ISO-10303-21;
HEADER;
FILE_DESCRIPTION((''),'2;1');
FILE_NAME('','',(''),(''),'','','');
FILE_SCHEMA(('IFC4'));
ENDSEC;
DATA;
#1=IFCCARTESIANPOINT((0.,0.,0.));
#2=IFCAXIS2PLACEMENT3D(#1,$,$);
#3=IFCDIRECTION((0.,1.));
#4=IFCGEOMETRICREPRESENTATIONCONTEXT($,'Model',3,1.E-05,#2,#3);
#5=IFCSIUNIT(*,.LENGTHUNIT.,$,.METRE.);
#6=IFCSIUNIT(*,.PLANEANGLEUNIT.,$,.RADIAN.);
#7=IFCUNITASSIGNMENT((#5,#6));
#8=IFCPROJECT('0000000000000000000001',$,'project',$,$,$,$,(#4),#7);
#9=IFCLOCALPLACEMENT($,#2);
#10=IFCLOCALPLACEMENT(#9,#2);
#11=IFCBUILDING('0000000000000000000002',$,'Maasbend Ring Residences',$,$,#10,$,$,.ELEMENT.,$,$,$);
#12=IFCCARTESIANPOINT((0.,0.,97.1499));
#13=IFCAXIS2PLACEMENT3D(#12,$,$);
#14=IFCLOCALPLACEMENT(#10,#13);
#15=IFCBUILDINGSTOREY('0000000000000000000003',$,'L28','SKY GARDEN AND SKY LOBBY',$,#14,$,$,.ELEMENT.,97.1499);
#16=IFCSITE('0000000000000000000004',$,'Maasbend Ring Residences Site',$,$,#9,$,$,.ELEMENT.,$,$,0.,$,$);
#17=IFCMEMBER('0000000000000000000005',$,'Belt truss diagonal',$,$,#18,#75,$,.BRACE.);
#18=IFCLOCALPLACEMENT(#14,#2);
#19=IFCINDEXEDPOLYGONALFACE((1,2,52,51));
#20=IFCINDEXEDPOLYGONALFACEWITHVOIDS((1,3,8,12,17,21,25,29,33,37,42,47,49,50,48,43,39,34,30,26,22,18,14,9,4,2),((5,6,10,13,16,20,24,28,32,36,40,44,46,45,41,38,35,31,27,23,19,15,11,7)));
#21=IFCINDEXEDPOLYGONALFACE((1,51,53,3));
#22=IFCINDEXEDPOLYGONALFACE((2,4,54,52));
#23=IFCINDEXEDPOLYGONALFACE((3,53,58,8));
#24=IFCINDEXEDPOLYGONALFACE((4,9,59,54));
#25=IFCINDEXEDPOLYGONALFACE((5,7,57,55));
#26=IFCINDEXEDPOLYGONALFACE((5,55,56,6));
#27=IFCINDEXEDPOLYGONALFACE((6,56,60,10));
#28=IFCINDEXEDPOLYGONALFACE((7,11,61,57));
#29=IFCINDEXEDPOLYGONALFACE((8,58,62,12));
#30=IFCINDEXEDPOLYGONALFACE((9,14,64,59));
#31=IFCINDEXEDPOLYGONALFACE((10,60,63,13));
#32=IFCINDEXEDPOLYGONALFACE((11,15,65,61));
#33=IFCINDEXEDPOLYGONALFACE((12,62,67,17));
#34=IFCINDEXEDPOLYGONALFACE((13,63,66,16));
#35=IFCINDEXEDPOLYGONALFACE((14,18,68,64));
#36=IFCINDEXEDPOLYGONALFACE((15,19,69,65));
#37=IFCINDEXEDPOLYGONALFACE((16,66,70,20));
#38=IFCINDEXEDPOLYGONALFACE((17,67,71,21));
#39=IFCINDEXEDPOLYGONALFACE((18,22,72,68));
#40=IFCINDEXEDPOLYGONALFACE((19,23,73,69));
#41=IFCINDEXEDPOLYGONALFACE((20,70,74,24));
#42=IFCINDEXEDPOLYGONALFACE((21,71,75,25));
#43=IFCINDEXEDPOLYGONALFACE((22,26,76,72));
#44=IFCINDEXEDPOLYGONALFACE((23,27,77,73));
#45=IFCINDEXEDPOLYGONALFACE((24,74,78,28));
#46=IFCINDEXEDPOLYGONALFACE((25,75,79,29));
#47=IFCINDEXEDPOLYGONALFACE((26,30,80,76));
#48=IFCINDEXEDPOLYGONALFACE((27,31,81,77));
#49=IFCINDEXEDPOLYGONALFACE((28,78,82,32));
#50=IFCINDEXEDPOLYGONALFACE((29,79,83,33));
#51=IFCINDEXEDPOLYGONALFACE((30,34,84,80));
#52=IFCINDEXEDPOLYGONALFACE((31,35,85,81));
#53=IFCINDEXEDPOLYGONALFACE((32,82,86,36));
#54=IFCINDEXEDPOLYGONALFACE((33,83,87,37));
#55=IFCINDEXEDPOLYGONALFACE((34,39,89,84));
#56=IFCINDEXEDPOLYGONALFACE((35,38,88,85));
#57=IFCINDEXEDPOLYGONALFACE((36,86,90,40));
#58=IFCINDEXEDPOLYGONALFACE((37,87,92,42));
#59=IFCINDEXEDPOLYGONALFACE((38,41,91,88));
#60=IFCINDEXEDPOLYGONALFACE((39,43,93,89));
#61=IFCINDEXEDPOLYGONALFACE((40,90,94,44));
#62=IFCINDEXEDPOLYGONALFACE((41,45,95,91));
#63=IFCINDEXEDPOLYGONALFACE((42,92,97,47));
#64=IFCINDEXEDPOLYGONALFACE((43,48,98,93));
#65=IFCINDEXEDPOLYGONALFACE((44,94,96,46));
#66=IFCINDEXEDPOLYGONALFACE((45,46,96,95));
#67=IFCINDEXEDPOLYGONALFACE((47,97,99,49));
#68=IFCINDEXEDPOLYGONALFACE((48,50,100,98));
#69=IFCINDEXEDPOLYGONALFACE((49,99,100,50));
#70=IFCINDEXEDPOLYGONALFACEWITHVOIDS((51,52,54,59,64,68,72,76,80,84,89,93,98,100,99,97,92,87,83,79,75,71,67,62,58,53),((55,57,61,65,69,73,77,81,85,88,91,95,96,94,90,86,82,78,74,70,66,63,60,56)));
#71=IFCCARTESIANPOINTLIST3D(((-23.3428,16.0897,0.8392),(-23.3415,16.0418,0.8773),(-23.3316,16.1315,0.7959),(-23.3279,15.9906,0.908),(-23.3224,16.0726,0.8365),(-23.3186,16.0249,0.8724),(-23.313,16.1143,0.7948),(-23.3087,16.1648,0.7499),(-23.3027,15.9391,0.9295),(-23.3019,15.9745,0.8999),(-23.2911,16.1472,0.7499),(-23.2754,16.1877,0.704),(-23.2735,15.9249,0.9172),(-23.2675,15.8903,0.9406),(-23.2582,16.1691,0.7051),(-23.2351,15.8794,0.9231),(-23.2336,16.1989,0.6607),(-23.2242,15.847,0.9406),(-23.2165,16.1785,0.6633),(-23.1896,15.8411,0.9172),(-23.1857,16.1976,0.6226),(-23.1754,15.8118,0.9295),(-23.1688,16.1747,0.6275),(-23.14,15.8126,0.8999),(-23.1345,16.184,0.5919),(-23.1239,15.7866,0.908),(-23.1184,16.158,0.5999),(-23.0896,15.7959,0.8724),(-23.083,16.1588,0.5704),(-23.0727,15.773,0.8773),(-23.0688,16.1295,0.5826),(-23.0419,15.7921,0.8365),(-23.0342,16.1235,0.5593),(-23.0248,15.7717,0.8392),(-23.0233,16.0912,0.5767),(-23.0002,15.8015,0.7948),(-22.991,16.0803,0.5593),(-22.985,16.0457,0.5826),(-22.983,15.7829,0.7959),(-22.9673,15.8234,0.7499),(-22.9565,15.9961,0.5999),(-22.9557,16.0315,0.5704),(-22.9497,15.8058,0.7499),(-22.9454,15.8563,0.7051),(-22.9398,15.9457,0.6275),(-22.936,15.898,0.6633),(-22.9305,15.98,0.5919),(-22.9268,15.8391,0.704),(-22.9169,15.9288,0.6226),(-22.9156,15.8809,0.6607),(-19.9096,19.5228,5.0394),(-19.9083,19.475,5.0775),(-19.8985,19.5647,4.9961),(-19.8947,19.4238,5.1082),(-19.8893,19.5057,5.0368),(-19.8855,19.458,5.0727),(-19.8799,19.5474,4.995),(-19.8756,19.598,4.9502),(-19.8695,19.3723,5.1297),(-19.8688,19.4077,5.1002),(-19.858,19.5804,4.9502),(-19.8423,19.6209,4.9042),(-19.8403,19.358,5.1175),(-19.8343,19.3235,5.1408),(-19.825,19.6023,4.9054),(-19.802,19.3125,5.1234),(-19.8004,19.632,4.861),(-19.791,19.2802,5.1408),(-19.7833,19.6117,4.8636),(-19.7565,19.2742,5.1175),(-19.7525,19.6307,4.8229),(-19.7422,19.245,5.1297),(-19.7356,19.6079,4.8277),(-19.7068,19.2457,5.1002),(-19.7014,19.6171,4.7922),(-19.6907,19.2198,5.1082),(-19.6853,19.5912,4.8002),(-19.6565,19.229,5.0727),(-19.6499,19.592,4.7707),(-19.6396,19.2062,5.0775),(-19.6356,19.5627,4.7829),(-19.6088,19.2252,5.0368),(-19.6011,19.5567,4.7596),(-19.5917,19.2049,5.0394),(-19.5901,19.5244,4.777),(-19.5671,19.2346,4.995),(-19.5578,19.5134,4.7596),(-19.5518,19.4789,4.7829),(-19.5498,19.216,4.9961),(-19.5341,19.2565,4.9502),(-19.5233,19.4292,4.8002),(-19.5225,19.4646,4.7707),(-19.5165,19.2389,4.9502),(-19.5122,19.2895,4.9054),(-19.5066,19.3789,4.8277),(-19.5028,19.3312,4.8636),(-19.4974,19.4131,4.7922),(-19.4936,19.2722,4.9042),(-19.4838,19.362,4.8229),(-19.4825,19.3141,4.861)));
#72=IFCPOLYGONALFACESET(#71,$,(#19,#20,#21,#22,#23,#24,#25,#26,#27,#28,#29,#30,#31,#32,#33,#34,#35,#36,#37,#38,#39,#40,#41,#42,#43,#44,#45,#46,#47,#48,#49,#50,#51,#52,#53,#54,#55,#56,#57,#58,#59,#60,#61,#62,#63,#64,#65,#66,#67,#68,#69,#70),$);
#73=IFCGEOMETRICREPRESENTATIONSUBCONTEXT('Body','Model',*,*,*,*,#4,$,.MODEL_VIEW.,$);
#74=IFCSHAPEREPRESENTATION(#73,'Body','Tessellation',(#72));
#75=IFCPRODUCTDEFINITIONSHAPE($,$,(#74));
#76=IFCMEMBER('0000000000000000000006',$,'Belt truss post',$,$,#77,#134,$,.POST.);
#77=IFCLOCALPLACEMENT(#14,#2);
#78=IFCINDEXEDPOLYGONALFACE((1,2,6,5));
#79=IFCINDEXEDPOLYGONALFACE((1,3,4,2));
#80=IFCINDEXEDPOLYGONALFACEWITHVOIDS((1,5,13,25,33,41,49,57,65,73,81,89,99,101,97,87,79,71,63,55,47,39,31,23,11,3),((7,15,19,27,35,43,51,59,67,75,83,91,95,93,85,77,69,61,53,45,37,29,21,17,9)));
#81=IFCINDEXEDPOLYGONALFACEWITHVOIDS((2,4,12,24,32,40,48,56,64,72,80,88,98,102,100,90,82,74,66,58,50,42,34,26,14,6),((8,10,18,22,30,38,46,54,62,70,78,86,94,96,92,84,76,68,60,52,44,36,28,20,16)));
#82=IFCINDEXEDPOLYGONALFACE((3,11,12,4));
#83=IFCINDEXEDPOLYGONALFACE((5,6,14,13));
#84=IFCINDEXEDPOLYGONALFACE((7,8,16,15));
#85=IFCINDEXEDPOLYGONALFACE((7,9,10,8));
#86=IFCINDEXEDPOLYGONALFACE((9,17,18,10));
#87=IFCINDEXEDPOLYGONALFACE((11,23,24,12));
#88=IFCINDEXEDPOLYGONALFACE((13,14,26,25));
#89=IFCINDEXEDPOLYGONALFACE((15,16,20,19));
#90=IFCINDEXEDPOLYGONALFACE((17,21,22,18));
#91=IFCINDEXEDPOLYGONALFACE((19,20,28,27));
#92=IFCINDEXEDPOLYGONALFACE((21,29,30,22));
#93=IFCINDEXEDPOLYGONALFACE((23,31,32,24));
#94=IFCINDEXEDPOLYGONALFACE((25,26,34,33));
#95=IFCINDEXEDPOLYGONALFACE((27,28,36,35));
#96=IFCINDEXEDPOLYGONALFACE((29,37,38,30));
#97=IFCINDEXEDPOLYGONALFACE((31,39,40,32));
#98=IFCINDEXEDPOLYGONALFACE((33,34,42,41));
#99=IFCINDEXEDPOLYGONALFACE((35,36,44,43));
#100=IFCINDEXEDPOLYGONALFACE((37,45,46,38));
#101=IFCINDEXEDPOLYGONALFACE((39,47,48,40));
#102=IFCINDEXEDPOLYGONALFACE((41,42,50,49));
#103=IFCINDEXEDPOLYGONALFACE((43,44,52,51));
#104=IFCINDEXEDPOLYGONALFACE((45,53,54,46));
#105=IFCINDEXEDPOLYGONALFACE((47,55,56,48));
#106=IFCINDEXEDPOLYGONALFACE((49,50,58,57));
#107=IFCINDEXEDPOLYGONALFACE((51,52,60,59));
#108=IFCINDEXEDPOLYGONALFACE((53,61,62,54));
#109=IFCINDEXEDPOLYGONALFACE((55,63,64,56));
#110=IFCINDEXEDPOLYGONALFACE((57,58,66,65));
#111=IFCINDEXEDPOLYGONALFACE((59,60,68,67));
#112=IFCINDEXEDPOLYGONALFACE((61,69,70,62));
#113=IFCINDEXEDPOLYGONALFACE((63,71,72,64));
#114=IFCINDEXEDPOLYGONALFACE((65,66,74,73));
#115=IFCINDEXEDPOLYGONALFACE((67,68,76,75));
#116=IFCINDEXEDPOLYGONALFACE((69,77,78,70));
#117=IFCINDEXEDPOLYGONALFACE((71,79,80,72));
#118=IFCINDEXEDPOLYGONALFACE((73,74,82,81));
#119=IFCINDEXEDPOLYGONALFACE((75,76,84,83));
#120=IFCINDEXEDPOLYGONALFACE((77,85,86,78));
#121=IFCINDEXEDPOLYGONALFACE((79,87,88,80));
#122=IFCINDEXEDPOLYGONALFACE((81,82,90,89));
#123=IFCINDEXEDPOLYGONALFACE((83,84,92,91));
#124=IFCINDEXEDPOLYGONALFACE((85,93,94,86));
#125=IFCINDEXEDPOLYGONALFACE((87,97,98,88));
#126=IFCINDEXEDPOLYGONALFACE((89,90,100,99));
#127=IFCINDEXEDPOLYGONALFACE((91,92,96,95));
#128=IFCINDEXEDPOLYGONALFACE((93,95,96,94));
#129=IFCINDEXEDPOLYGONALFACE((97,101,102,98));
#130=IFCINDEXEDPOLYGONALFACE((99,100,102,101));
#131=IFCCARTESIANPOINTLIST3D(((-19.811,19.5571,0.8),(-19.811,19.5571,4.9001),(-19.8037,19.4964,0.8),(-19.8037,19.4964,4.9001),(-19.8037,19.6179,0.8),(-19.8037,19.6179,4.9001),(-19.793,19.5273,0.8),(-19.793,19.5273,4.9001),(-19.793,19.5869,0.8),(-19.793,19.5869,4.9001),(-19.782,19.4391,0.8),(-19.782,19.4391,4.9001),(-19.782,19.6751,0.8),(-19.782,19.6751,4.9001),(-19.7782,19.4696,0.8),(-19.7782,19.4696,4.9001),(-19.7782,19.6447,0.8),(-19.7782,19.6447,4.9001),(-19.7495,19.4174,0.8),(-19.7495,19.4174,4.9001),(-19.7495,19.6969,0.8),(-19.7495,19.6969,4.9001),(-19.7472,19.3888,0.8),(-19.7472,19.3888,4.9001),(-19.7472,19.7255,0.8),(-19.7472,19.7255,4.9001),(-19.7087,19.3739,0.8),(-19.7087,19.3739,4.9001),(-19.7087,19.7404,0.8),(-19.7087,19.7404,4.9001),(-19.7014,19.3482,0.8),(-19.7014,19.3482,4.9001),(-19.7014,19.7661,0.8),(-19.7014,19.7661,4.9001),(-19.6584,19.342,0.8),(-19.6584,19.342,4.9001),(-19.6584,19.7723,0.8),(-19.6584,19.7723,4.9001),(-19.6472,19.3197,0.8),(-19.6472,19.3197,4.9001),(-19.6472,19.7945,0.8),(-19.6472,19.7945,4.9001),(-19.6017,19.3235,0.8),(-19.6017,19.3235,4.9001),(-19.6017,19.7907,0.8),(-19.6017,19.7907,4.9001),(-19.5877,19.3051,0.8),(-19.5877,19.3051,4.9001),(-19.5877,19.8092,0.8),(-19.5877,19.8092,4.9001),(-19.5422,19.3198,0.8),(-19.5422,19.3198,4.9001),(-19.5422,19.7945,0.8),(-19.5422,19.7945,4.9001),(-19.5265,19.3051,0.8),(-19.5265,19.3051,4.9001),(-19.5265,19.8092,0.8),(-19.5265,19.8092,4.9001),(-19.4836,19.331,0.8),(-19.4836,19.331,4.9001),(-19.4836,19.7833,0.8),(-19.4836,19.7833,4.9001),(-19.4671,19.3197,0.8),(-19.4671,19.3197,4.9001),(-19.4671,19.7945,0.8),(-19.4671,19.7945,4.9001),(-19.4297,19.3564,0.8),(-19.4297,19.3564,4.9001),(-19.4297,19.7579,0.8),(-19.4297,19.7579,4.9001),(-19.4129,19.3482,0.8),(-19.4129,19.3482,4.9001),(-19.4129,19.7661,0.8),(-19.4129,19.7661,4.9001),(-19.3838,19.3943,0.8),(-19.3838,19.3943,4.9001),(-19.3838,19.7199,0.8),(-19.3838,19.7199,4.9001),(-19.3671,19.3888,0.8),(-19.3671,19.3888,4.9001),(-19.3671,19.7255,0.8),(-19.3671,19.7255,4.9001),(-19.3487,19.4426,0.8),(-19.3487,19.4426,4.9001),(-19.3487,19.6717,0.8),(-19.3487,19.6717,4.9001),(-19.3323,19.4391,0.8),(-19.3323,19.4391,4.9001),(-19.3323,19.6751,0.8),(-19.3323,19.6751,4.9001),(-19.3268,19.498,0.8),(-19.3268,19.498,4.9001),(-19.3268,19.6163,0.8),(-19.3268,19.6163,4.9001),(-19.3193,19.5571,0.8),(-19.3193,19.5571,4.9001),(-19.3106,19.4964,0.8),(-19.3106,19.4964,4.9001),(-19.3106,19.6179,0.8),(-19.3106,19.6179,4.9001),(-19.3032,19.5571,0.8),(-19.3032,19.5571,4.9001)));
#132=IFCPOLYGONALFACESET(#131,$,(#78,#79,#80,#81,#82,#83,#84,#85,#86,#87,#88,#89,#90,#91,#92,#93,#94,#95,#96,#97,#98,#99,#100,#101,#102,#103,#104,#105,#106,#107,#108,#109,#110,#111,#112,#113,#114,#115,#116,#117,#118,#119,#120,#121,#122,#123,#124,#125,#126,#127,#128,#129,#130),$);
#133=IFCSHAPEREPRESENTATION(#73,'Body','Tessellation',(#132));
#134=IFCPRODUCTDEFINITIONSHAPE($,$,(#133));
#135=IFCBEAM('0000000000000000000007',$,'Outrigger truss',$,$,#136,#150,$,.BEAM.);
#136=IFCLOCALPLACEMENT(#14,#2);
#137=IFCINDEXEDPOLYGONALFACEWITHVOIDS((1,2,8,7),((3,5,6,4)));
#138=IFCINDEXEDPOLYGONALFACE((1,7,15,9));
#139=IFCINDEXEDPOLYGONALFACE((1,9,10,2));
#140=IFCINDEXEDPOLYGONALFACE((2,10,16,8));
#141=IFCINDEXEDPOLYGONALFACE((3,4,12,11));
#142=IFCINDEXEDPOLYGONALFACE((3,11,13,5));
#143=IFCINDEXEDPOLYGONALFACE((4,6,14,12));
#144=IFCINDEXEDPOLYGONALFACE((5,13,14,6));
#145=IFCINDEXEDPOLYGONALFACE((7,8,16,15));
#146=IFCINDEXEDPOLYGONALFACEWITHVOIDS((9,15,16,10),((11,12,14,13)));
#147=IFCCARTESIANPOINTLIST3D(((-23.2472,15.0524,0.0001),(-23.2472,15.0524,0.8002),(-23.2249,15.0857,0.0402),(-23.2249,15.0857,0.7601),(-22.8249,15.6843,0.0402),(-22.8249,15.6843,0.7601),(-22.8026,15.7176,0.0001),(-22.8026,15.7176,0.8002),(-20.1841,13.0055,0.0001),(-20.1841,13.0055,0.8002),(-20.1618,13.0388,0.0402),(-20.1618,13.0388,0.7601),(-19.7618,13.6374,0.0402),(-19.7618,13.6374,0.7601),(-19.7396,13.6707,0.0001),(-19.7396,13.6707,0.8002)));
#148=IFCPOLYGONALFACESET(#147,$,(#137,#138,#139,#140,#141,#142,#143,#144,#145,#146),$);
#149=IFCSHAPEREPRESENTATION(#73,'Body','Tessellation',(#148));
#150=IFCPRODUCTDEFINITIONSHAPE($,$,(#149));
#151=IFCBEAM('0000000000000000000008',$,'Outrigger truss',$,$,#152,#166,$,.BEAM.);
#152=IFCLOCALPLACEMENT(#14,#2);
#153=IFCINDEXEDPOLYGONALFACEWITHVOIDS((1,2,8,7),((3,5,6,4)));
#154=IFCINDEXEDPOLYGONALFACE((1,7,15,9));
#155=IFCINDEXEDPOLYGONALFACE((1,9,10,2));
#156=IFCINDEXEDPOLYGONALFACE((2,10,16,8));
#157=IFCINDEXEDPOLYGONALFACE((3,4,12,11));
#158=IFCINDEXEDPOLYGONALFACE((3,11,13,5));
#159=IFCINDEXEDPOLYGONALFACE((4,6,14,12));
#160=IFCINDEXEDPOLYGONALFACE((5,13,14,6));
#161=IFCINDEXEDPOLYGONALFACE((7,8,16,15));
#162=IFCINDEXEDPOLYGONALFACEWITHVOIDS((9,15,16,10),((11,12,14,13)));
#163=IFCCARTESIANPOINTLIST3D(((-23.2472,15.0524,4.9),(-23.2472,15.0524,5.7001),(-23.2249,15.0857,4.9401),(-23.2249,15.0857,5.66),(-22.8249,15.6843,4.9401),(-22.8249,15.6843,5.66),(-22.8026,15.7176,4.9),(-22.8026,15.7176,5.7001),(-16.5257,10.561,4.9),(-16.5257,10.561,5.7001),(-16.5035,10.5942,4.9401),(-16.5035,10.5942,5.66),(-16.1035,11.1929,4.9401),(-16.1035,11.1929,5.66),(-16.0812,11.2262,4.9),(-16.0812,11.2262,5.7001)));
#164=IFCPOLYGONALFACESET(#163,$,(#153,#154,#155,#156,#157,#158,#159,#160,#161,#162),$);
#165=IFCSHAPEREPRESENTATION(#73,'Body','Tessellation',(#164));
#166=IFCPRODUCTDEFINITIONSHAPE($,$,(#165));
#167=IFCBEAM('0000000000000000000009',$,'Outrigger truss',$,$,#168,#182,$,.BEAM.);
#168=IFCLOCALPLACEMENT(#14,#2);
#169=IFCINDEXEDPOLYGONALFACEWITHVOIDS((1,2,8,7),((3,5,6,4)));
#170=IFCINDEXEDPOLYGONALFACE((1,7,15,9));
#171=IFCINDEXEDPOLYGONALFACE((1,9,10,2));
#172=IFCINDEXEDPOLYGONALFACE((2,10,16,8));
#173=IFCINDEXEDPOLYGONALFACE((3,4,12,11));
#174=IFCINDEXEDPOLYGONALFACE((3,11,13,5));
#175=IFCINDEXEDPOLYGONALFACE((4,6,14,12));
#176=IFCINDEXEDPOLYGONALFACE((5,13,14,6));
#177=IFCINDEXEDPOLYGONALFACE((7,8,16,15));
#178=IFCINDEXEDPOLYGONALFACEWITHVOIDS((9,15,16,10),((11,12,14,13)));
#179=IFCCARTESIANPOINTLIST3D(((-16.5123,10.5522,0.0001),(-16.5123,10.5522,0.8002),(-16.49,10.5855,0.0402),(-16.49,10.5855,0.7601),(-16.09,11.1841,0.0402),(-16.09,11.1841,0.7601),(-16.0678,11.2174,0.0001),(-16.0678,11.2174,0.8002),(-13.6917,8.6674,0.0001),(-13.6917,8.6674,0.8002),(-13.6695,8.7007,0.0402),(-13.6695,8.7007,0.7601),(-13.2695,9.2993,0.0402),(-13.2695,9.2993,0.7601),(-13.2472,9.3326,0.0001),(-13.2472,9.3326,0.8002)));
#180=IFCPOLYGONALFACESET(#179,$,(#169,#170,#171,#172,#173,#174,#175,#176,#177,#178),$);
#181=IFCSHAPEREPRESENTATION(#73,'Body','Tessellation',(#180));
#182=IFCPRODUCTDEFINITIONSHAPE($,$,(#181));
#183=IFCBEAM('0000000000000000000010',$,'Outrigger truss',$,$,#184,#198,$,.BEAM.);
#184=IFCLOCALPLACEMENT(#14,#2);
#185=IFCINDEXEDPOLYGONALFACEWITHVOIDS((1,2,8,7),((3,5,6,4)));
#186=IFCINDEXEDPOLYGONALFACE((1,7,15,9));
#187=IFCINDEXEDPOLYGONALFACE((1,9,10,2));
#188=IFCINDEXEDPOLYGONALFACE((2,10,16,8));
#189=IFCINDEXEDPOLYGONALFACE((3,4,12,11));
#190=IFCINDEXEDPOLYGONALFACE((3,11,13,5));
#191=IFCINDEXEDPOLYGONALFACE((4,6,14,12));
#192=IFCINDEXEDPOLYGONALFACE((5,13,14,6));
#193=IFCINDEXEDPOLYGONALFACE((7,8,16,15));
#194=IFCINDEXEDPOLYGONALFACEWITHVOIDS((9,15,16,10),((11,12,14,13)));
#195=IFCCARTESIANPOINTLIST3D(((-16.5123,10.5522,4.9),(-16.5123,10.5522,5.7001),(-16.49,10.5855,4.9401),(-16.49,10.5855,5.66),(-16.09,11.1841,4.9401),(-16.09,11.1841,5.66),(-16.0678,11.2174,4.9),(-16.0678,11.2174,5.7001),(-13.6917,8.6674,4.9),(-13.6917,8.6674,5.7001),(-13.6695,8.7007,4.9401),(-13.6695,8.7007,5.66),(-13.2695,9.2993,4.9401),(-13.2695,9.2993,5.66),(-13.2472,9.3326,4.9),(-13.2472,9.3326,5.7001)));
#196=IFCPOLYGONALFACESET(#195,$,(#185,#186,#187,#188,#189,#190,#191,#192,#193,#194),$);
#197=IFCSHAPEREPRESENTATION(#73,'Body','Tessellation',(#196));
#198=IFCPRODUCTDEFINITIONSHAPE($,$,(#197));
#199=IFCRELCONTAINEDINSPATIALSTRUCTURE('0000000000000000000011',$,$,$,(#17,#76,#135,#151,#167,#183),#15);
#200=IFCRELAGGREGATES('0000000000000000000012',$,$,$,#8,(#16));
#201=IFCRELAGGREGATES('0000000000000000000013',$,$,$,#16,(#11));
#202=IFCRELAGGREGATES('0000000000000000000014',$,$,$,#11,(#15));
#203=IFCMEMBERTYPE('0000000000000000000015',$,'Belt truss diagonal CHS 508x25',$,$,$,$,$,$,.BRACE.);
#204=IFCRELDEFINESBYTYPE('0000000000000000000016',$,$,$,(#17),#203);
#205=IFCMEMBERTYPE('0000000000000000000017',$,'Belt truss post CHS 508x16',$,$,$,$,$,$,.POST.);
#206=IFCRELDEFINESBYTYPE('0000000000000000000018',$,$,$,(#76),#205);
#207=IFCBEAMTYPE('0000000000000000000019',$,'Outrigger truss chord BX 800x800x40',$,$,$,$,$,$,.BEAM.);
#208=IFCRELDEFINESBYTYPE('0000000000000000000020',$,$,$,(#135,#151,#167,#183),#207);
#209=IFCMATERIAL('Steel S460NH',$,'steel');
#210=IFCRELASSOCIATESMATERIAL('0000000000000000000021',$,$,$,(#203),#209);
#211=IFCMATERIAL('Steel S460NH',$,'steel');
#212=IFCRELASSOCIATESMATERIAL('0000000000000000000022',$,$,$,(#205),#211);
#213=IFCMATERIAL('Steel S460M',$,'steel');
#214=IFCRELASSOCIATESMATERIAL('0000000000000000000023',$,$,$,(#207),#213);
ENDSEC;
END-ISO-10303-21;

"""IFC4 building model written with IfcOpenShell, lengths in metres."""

from ifc_helpers import new_model, si_unit, direction, frame, origin, origin_2d, place, context, subcontext, project, spatial, hollow_rectangle, hollow_circle, extrude, material, material_profile, profile_set, type_object, element, save


model = new_model("IFC4")

# Units and contexts
model_context = context("Model", 3, precision=1e-05, world=origin(), true_north=direction((0.0, 1.0)))
body_context = subcontext(model_context, "Body", "Model", "MODEL_VIEW")
ifc_project = project(units=[si_unit("LENGTHUNIT", "METRE"), si_unit("PLANEANGLEUNIT", "RADIAN")], contexts=[model_context])

# Site, building, storey
site_placement = place(None, origin())
site = spatial("IfcSite", under=ifc_project, at=site_placement, Name="Maasbend Ring Residences Site", CompositionType="ELEMENT", RefElevation=0.0)
building_placement = place(site_placement, origin())
building = spatial("IfcBuilding", under=site, at=building_placement, Name="Maasbend Ring Residences", CompositionType="ELEMENT")
storey_placement = place(building_placement, frame((0.0, 0.0, 97.1499)))
storey = spatial("IfcBuildingStorey", under=building, at=storey_placement, Name="L28", Description="SKY GARDEN AND SKY LOBBY", CompositionType="ELEMENT", Elevation=97.1499)

# Members
ifc_material_1 = material(Name="Steel S460NH", Category="steel")
ifc_material_profile_1 = material_profile(ifc_material_1, hollow_circle(Radius=0.2539, WallThickness=0.0249, at=origin_2d()), Name="Belt truss diagonal CHS 508x25")
ifc_profile_set_1 = profile_set([ifc_material_profile_1], Name="Steel S460NH")
member_type_1 = type_object("IfcMemberType", Name="Belt truss diagonal CHS 508x25", PredefinedType="BRACE", material=ifc_profile_set_1)
for number, where, z_axis, x_axis, name in (
    (1, (-19.696, 19.4185, 4.9502), (-0.534767, -0.534767, -0.654255), (0.707107, -0.707107, 0.0), "Belt truss diagonal"),
):
    element("IfcMember", number, at=place(storey_placement, frame(where, z_axis=z_axis, x_axis=x_axis)), inside=storey, type_object=member_type_1, Name=name, PredefinedType="BRACE", context=body_context, shape_type="SweptSolid", body=[
        extrude(hollow_circle(Radius=0.2539, WallThickness=0.0249, at=origin_2d()), origin(), (0.0, 0.0, 1.0), 6.4199),
    ])
ifc_material_2 = material(Name="Steel S460NH", Category="steel")
ifc_material_profile_2 = material_profile(ifc_material_2, hollow_circle(Radius=0.2539, WallThickness=0.0161, at=origin_2d()), Name="Belt truss post CHS 508x16")
ifc_profile_set_2 = profile_set([ifc_material_profile_2], Name="Steel S460NH")
member_type_2 = type_object("IfcMemberType", Name="Belt truss post CHS 508x16", PredefinedType="POST", material=ifc_profile_set_2)
member_1_placement = place(storey_placement, frame((-19.5571, 19.5571, 0.8), z_axis=(0.0, 0.0, 1.0), x_axis=(1.0, 0.0, 0.0)))
element("IfcMember", 2, at=member_1_placement, inside=storey, type_object=member_type_2, Name="Belt truss post", PredefinedType="POST", context=body_context, shape_type="SweptSolid", body=[
    extrude(hollow_circle(Radius=0.2539, WallThickness=0.0161, at=origin_2d()), origin(), (0.0, 0.0, 1.0), 4.1001),
])

# Beams
ifc_material_3 = material(Name="Steel S460M", Category="steel")
ifc_material_profile_3 = material_profile(ifc_material_3, hollow_rectangle(XDim=0.8, YDim=0.8, WallThickness=0.04, at=origin_2d()), Name="Outrigger truss chord BX 800x800x40")
ifc_profile_set_3 = profile_set([ifc_material_profile_3], Name="Steel S460M")
beam_type_1 = type_object("IfcBeamType", Name="Outrigger truss chord BX 800x800x40", PredefinedType="BEAM", material=ifc_profile_set_3)
beam_1_placement = place(storey_placement, frame((-23.0249, 15.385, 0.4001), z_axis=(0.831438, -0.555617, 0.0), x_axis=(0.555617, 0.831438, 0.0)))
element("IfcBeam", 3, at=beam_1_placement, inside=storey, type_object=beam_type_1, Name="Outrigger truss", PredefinedType="BEAM", context=body_context, shape_type="SweptSolid", body=[
    extrude(hollow_rectangle(XDim=0.8, YDim=0.8, WallThickness=0.04, at=origin_2d()), origin(), (0.0, 0.0, 1.0), 3.6841),
])
beam_2_placement = place(storey_placement, frame((-23.0249, 15.385, 5.3), z_axis=(0.83145, -0.555599, 0.0), x_axis=(0.555599, 0.83145, 0.0)))
element("IfcBeam", 4, at=beam_2_placement, inside=storey, type_object=beam_type_1, Name="Outrigger truss", PredefinedType="BEAM", context=body_context, shape_type="SweptSolid", body=[
    extrude(hollow_rectangle(XDim=0.8, YDim=0.8, WallThickness=0.04, at=origin_2d()), origin(), (0.0, 0.0, 1.0), 8.084),
])
for number, where, z_axis, x_axis, name in (
    (5, (-16.29, 10.8848, 0.4001), (0.831452, -0.555597, 0.0), (0.555597, 0.831452, 0.0), "Outrigger truss"),
    (6, (-16.29, 10.8848, 5.3), (0.831452, -0.555597, 0.0), (0.555597, 0.831452, 0.0), "Outrigger truss"),
):
    element("IfcBeam", number, at=place(storey_placement, frame(where, z_axis=z_axis, x_axis=x_axis)), inside=storey, type_object=beam_type_1, Name=name, PredefinedType="BEAM", context=body_context, shape_type="SweptSolid", body=[
        extrude(hollow_rectangle(XDim=0.8, YDim=0.8, WallThickness=0.04, at=origin_2d()), origin(), (0.0, 0.0, 1.0), 3.3923),
    ])

save(model, "model.ifc")
